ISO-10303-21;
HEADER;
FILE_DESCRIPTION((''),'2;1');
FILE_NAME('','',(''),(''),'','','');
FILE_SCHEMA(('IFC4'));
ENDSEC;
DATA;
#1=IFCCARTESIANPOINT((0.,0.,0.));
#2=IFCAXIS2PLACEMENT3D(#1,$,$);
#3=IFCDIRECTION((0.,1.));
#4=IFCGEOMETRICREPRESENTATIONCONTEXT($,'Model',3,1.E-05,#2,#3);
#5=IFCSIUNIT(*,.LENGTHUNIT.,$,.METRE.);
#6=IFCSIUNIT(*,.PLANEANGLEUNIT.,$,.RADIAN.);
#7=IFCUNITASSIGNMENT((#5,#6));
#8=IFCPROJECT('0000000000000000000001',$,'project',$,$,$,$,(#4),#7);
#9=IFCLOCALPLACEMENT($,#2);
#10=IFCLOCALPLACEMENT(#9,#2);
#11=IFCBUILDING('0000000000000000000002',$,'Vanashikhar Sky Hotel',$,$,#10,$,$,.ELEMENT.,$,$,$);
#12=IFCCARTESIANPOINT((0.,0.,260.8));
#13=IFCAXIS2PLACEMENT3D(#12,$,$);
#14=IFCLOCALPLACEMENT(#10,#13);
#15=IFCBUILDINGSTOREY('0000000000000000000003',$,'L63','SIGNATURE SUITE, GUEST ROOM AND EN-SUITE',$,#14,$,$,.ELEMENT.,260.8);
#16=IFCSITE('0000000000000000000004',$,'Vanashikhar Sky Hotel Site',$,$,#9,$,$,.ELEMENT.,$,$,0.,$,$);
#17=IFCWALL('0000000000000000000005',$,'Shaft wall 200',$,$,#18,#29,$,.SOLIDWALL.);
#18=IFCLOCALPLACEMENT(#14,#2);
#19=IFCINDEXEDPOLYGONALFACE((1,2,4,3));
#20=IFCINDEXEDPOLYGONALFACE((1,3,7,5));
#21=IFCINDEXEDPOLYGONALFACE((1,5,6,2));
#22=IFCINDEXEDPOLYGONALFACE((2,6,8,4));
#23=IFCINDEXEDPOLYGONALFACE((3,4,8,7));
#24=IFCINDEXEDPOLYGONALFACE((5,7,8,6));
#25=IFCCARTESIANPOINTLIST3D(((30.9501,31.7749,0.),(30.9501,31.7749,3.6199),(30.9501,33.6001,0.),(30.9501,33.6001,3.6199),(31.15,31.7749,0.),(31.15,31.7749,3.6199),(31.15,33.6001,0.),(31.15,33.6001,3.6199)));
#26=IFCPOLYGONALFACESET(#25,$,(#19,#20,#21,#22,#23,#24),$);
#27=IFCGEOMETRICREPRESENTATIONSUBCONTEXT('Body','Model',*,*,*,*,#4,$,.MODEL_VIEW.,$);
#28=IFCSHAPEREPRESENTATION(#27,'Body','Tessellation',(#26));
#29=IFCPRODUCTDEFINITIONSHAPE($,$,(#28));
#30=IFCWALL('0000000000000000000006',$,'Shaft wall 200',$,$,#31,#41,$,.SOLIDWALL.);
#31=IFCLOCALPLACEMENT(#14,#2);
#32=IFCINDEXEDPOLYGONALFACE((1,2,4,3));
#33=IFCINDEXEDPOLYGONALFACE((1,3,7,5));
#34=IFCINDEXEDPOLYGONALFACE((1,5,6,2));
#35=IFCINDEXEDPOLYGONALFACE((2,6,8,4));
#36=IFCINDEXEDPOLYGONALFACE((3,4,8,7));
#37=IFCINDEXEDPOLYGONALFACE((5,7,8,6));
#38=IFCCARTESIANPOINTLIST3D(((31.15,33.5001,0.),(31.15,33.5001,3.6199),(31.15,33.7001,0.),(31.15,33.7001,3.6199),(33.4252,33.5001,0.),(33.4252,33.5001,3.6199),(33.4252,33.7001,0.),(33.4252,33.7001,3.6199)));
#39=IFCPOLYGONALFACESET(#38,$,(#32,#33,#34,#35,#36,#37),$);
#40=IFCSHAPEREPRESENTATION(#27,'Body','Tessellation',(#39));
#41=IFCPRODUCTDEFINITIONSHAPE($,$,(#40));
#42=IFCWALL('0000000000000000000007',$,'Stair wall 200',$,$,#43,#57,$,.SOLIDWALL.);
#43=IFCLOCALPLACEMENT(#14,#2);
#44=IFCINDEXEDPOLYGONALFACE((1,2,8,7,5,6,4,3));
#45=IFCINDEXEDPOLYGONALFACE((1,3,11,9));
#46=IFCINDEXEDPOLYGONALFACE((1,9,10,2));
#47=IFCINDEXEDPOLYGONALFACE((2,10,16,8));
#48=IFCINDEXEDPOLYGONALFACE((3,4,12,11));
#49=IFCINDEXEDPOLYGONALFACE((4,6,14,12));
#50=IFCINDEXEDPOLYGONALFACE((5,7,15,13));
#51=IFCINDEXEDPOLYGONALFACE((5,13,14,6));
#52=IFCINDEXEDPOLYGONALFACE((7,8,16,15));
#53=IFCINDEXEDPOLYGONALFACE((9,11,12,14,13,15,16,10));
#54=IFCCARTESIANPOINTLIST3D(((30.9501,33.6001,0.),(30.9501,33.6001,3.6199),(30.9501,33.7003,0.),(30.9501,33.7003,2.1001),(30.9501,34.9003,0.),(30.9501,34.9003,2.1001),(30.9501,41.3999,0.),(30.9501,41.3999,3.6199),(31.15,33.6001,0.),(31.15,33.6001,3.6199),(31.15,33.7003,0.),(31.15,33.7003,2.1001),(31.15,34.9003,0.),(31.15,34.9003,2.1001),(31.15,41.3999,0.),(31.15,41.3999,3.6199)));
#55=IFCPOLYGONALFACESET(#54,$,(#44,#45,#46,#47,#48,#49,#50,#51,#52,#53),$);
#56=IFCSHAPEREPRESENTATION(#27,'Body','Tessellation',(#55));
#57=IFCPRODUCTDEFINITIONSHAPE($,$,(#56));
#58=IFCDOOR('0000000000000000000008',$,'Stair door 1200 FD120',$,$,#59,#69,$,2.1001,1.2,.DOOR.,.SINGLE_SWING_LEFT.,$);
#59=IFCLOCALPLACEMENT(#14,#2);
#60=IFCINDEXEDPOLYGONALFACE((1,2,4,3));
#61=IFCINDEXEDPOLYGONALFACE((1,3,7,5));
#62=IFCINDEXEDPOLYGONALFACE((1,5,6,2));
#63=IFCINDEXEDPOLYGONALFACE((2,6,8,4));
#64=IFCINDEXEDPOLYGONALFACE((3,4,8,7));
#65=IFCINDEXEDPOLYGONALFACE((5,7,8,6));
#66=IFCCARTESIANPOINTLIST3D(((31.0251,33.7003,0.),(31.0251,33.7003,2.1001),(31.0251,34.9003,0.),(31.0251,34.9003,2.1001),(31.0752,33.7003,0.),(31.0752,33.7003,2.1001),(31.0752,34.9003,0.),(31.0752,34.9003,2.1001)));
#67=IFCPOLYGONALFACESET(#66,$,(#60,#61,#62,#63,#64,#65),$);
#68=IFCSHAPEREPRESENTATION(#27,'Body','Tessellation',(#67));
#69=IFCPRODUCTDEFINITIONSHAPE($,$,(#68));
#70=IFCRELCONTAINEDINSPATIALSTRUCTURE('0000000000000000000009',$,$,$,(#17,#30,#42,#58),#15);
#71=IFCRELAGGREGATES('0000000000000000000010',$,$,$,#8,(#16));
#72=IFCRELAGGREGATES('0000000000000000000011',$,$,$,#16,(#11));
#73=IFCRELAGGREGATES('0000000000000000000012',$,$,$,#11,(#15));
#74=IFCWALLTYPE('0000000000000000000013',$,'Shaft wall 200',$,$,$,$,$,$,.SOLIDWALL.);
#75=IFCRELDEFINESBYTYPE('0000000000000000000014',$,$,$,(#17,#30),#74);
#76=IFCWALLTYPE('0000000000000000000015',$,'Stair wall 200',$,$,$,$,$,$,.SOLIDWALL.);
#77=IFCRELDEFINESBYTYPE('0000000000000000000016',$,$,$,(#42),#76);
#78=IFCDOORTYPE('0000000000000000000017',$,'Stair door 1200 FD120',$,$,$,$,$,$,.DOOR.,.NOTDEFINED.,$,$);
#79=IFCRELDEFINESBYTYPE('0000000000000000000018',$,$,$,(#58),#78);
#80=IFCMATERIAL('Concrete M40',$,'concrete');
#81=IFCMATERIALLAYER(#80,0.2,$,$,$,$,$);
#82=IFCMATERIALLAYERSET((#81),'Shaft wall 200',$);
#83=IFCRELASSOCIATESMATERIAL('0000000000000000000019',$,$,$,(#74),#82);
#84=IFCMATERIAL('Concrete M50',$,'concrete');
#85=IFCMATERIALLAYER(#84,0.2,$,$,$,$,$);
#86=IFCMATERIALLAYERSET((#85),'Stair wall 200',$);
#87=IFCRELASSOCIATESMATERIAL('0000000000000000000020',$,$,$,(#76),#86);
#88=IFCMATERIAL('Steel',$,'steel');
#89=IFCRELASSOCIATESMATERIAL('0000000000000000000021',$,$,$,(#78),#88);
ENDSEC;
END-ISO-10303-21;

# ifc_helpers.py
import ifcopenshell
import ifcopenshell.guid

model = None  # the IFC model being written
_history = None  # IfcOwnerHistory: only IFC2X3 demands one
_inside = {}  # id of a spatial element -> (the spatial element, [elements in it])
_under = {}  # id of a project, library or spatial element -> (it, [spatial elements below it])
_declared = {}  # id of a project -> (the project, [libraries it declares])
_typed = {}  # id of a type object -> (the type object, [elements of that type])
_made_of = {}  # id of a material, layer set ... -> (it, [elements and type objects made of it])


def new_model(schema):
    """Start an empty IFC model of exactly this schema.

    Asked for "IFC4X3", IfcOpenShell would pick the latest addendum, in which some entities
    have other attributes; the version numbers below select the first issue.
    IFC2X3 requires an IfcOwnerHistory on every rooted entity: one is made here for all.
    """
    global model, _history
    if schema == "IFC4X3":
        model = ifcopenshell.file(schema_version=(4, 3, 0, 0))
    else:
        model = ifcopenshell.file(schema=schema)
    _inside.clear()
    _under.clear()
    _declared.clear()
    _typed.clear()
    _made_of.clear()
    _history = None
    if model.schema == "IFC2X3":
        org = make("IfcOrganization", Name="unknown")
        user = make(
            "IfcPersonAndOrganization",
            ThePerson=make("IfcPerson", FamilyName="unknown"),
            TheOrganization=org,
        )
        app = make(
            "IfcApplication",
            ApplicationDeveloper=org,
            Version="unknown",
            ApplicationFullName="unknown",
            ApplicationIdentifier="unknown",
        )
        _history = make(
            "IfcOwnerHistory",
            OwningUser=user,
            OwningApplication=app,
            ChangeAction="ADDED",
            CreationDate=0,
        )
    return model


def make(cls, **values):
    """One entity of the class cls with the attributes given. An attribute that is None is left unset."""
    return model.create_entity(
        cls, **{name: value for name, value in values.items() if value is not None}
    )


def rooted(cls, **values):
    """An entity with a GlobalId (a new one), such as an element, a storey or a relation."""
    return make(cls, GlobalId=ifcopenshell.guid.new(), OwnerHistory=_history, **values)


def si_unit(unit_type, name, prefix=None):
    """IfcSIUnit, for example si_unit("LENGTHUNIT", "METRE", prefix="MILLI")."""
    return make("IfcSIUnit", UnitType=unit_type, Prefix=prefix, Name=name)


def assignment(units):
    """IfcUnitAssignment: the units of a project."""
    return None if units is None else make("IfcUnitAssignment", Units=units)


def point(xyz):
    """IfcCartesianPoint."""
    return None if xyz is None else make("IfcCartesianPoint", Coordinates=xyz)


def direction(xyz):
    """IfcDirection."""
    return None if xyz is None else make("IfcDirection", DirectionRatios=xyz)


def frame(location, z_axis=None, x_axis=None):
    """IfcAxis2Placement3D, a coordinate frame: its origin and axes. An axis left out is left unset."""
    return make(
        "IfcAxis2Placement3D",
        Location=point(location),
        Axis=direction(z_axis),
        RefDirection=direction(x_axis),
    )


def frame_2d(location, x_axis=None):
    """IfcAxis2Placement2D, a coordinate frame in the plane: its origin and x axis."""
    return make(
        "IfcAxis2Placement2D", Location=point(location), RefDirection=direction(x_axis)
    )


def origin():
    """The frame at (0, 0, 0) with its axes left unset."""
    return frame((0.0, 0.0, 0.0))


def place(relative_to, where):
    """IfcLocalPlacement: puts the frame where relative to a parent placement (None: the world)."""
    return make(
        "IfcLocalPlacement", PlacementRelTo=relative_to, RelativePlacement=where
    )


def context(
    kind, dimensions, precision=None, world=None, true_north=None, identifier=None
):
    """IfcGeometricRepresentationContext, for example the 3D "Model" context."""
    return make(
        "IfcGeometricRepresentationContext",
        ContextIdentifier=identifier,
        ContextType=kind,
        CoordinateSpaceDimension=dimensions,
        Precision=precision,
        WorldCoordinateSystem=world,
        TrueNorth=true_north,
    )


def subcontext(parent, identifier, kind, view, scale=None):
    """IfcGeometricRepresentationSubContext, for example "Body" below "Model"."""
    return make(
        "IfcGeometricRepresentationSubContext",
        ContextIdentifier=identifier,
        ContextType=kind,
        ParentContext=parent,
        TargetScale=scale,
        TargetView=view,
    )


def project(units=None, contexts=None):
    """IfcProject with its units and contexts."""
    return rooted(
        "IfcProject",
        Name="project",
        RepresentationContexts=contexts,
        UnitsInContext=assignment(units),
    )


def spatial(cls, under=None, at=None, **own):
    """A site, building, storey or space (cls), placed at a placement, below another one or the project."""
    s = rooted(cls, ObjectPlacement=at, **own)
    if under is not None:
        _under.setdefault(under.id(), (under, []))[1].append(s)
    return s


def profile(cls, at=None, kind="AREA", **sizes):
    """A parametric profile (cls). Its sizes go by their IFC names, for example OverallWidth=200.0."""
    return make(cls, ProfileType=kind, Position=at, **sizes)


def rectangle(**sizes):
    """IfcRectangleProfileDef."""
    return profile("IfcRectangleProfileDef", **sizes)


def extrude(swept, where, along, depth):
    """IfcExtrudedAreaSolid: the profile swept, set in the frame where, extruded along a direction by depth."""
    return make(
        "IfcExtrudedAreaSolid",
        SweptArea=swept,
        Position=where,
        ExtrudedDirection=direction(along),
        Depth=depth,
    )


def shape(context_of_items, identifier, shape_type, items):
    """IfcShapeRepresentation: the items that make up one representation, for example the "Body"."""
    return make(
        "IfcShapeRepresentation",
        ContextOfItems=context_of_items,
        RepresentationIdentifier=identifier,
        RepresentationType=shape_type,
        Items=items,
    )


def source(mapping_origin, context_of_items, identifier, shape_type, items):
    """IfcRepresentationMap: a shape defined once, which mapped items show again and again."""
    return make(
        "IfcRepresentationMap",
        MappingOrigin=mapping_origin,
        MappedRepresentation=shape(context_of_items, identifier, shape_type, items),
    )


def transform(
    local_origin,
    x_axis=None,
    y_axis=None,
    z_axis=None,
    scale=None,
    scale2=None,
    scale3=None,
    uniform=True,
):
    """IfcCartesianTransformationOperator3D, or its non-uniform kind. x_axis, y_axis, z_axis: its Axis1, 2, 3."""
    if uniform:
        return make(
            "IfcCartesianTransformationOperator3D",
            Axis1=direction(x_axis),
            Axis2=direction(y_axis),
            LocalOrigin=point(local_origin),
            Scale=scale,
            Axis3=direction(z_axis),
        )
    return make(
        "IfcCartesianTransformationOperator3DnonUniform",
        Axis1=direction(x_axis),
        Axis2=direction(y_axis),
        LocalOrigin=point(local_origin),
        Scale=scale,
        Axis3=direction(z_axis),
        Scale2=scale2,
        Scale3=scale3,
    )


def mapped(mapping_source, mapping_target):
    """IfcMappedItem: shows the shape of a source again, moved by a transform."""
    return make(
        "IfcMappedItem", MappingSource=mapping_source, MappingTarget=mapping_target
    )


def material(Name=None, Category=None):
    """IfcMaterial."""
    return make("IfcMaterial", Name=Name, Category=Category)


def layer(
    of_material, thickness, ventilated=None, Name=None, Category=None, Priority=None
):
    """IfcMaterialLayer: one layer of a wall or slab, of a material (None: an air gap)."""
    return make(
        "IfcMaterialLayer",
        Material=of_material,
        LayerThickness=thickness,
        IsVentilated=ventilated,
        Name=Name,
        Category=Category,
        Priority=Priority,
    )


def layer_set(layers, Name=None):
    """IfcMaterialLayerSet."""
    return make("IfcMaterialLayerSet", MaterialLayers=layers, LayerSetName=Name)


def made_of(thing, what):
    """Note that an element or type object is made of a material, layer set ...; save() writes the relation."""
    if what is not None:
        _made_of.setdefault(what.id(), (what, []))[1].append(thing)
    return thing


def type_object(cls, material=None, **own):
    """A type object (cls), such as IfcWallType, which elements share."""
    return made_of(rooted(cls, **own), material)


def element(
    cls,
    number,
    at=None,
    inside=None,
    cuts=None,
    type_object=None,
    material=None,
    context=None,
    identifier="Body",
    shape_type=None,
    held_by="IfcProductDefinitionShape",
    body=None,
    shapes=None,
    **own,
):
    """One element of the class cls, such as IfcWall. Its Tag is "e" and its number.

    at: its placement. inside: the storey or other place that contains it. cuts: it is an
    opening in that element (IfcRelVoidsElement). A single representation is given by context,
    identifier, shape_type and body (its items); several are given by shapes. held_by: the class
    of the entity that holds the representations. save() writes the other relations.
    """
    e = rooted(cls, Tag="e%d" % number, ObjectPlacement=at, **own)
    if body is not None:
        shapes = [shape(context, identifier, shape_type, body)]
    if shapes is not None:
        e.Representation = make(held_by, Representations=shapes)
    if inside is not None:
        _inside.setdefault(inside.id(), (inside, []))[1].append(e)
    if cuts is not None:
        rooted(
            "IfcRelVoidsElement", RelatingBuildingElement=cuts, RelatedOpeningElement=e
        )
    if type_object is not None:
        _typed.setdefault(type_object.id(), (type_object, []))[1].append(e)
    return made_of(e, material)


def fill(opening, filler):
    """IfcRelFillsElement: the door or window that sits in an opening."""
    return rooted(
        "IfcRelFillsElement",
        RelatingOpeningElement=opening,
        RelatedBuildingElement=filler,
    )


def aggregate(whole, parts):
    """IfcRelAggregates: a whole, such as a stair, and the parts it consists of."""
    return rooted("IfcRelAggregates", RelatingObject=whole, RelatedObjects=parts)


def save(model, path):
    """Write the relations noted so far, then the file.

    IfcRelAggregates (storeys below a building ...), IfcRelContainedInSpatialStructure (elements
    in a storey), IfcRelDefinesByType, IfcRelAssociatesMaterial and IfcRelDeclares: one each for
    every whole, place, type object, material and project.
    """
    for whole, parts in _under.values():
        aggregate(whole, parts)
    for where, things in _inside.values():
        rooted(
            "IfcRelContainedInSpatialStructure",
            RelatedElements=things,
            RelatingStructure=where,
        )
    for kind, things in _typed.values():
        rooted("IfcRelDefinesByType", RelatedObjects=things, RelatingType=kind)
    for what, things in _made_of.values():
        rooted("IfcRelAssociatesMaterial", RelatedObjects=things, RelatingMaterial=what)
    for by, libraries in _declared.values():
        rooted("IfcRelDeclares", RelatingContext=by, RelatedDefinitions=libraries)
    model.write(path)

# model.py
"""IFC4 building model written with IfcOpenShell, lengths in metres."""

from ifc_helpers import new_model, si_unit, direction, frame, frame_2d, origin, place, context, subcontext, project, spatial, rectangle, extrude, source, transform, mapped, material, layer, layer_set, type_object, element, fill, save


model = new_model("IFC4")

# Units and contexts
model_context = context("Model", 3, precision=1e-05, world=origin(), true_north=direction((0.0, 1.0)))
body_context = subcontext(model_context, "Body", "Model", "MODEL_VIEW")
ifc_project = project(units=[si_unit("LENGTHUNIT", "METRE"), si_unit("PLANEANGLEUNIT", "RADIAN")], contexts=[model_context])

# Site, building, storey
site_placement = place(None, origin())
site = spatial("IfcSite", under=ifc_project, at=site_placement, Name="Vanashikhar Sky Hotel Site", CompositionType="ELEMENT", RefElevation=0.0)
building_placement = place(site_placement, origin())
building = spatial("IfcBuilding", under=site, at=building_placement, Name="Vanashikhar Sky Hotel", CompositionType="ELEMENT")
storey_placement = place(building_placement, frame((0.0, 0.0, 260.8)))
storey = spatial("IfcBuildingStorey", under=building, at=storey_placement, Name="L63", Description="SIGNATURE SUITE, GUEST ROOM AND EN-SUITE", CompositionType="ELEMENT", Elevation=260.8)

# Shared definitions
ifc_material_1 = material(Name="Steel", Category="steel")

# Walls
ifc_material_2 = material(Name="Concrete M40", Category="concrete")
ifc_layer_1 = layer(ifc_material_2, 0.2)
ifc_layer_set_1 = layer_set([ifc_layer_1], Name="Shaft wall 200")
wall_type_1 = type_object("IfcWallType", Name="Shaft wall 200", PredefinedType="SOLIDWALL", material=ifc_layer_set_1)
shared_shape_1 = source(origin(), body_context, "Body", "SweptSolid", [
    extrude(rectangle(XDim=1.8252, YDim=0.2, at=frame_2d((0.9126, 0.0))), origin(), (0.0, 0.0, 1.0), 3.6199),
])
wall_1_placement = place(storey_placement, frame((31.05, 31.7749, 0.0), z_axis=(0.0, 0.0, 1.0), x_axis=(0.0, 1.0, 0.0)))
element("IfcWall", 1, at=wall_1_placement, inside=storey, type_object=wall_type_1, Name="Shaft wall 200", PredefinedType="SOLIDWALL", context=body_context, shape_type="MappedRepresentation", body=[
    mapped(shared_shape_1, transform((0.0, 0.0, 0.0), scale=1.0)),
])
shared_shape_2 = source(origin(), body_context, "Body", "SweptSolid", [
    extrude(rectangle(XDim=2.2751, YDim=0.2, at=frame_2d((1.1377, 0.0))), origin(), (0.0, 0.0, 1.0), 3.6199),
])
wall_2_placement = place(storey_placement, frame((31.1499, 33.6001, 0.0), z_axis=(0.0, 0.0, 1.0), x_axis=(1.0, 0.0, 0.0)))
element("IfcWall", 2, at=wall_2_placement, inside=storey, type_object=wall_type_1, Name="Shaft wall 200", PredefinedType="SOLIDWALL", context=body_context, shape_type="MappedRepresentation", body=[
    mapped(shared_shape_2, transform((0.0, 0.0, 0.0), scale=1.0)),
])

# Wall, opening, door
ifc_material_3 = material(Name="Concrete M50", Category="concrete")
ifc_layer_2 = layer(ifc_material_3, 0.2)
ifc_layer_set_2 = layer_set([ifc_layer_2], Name="Stair wall 200")
wall_type_2 = type_object("IfcWallType", Name="Stair wall 200", PredefinedType="SOLIDWALL", material=ifc_layer_set_2)
shared_shape_3 = source(origin(), body_context, "Body", "SweptSolid", [
    extrude(rectangle(XDim=7.7998, YDim=0.2, at=frame_2d((3.8999, 0.0))), origin(), (0.0, 0.0, 1.0), 3.6199),
])
wall_3_placement = place(storey_placement, frame((31.05, 33.6001, 0.0), z_axis=(0.0, 0.0, 1.0), x_axis=(0.0, 1.0, 0.0)))
wall_3 = element("IfcWall", 3, at=wall_3_placement, inside=storey, type_object=wall_type_2, Name="Stair wall 200", PredefinedType="SOLIDWALL", context=body_context, shape_type="MappedRepresentation", body=[
    mapped(shared_shape_3, transform((0.0, 0.0, 0.0), scale=1.0)),
])
shared_shape_4 = source(origin(), body_context, "Body", "SweptSolid", [
    extrude(rectangle(XDim=1.2, YDim=2.1001, at=frame_2d((0.6001, 1.05))), frame((0.0, 0.1099, 0.0), z_axis=(0.0, -1.0, 0.0), x_axis=(1.0, 0.0, 0.0)), (0.0, 0.0, 1.0), 0.22),
])
opening_1_placement = place(wall_3_placement, frame((0.1001, 0.0, 0.0)))
opening_1 = element("IfcOpeningElement", 4, at=opening_1_placement, cuts=wall_3, PredefinedType="OPENING", context=body_context, shape_type="MappedRepresentation", body=[
    mapped(shared_shape_4, transform((0.0, 0.0, 0.0), scale=1.0)),
])
door_type_1 = type_object("IfcDoorType", Name="Stair door 1200 FD120", OperationType="NOTDEFINED", PredefinedType="DOOR", material=ifc_material_1)
shared_shape_5 = source(origin(), body_context, "Body", "SweptSolid", [
    extrude(rectangle(XDim=1.2, YDim=2.1001, at=frame_2d((0.6001, 1.05))), frame((0.0, 0.0249, 0.0), z_axis=(0.0, -1.0, 0.0), x_axis=(1.0, 0.0, 0.0)), (0.0, 0.0, 1.0), 0.05),
])
door_1_placement = place(opening_1_placement, origin())
door_1 = element("IfcDoor", 5, at=door_1_placement, inside=storey, type_object=door_type_1, Name="Stair door 1200 FD120", OperationType="SINGLE_SWING_LEFT", OverallHeight=2.1001, OverallWidth=1.2, PredefinedType="DOOR", context=body_context, shape_type="MappedRepresentation", body=[
    mapped(shared_shape_5, transform((0.0, 0.0, 0.0), scale=1.0)),
])
fill(opening_1, door_1)

save(model, "model.ifc")
